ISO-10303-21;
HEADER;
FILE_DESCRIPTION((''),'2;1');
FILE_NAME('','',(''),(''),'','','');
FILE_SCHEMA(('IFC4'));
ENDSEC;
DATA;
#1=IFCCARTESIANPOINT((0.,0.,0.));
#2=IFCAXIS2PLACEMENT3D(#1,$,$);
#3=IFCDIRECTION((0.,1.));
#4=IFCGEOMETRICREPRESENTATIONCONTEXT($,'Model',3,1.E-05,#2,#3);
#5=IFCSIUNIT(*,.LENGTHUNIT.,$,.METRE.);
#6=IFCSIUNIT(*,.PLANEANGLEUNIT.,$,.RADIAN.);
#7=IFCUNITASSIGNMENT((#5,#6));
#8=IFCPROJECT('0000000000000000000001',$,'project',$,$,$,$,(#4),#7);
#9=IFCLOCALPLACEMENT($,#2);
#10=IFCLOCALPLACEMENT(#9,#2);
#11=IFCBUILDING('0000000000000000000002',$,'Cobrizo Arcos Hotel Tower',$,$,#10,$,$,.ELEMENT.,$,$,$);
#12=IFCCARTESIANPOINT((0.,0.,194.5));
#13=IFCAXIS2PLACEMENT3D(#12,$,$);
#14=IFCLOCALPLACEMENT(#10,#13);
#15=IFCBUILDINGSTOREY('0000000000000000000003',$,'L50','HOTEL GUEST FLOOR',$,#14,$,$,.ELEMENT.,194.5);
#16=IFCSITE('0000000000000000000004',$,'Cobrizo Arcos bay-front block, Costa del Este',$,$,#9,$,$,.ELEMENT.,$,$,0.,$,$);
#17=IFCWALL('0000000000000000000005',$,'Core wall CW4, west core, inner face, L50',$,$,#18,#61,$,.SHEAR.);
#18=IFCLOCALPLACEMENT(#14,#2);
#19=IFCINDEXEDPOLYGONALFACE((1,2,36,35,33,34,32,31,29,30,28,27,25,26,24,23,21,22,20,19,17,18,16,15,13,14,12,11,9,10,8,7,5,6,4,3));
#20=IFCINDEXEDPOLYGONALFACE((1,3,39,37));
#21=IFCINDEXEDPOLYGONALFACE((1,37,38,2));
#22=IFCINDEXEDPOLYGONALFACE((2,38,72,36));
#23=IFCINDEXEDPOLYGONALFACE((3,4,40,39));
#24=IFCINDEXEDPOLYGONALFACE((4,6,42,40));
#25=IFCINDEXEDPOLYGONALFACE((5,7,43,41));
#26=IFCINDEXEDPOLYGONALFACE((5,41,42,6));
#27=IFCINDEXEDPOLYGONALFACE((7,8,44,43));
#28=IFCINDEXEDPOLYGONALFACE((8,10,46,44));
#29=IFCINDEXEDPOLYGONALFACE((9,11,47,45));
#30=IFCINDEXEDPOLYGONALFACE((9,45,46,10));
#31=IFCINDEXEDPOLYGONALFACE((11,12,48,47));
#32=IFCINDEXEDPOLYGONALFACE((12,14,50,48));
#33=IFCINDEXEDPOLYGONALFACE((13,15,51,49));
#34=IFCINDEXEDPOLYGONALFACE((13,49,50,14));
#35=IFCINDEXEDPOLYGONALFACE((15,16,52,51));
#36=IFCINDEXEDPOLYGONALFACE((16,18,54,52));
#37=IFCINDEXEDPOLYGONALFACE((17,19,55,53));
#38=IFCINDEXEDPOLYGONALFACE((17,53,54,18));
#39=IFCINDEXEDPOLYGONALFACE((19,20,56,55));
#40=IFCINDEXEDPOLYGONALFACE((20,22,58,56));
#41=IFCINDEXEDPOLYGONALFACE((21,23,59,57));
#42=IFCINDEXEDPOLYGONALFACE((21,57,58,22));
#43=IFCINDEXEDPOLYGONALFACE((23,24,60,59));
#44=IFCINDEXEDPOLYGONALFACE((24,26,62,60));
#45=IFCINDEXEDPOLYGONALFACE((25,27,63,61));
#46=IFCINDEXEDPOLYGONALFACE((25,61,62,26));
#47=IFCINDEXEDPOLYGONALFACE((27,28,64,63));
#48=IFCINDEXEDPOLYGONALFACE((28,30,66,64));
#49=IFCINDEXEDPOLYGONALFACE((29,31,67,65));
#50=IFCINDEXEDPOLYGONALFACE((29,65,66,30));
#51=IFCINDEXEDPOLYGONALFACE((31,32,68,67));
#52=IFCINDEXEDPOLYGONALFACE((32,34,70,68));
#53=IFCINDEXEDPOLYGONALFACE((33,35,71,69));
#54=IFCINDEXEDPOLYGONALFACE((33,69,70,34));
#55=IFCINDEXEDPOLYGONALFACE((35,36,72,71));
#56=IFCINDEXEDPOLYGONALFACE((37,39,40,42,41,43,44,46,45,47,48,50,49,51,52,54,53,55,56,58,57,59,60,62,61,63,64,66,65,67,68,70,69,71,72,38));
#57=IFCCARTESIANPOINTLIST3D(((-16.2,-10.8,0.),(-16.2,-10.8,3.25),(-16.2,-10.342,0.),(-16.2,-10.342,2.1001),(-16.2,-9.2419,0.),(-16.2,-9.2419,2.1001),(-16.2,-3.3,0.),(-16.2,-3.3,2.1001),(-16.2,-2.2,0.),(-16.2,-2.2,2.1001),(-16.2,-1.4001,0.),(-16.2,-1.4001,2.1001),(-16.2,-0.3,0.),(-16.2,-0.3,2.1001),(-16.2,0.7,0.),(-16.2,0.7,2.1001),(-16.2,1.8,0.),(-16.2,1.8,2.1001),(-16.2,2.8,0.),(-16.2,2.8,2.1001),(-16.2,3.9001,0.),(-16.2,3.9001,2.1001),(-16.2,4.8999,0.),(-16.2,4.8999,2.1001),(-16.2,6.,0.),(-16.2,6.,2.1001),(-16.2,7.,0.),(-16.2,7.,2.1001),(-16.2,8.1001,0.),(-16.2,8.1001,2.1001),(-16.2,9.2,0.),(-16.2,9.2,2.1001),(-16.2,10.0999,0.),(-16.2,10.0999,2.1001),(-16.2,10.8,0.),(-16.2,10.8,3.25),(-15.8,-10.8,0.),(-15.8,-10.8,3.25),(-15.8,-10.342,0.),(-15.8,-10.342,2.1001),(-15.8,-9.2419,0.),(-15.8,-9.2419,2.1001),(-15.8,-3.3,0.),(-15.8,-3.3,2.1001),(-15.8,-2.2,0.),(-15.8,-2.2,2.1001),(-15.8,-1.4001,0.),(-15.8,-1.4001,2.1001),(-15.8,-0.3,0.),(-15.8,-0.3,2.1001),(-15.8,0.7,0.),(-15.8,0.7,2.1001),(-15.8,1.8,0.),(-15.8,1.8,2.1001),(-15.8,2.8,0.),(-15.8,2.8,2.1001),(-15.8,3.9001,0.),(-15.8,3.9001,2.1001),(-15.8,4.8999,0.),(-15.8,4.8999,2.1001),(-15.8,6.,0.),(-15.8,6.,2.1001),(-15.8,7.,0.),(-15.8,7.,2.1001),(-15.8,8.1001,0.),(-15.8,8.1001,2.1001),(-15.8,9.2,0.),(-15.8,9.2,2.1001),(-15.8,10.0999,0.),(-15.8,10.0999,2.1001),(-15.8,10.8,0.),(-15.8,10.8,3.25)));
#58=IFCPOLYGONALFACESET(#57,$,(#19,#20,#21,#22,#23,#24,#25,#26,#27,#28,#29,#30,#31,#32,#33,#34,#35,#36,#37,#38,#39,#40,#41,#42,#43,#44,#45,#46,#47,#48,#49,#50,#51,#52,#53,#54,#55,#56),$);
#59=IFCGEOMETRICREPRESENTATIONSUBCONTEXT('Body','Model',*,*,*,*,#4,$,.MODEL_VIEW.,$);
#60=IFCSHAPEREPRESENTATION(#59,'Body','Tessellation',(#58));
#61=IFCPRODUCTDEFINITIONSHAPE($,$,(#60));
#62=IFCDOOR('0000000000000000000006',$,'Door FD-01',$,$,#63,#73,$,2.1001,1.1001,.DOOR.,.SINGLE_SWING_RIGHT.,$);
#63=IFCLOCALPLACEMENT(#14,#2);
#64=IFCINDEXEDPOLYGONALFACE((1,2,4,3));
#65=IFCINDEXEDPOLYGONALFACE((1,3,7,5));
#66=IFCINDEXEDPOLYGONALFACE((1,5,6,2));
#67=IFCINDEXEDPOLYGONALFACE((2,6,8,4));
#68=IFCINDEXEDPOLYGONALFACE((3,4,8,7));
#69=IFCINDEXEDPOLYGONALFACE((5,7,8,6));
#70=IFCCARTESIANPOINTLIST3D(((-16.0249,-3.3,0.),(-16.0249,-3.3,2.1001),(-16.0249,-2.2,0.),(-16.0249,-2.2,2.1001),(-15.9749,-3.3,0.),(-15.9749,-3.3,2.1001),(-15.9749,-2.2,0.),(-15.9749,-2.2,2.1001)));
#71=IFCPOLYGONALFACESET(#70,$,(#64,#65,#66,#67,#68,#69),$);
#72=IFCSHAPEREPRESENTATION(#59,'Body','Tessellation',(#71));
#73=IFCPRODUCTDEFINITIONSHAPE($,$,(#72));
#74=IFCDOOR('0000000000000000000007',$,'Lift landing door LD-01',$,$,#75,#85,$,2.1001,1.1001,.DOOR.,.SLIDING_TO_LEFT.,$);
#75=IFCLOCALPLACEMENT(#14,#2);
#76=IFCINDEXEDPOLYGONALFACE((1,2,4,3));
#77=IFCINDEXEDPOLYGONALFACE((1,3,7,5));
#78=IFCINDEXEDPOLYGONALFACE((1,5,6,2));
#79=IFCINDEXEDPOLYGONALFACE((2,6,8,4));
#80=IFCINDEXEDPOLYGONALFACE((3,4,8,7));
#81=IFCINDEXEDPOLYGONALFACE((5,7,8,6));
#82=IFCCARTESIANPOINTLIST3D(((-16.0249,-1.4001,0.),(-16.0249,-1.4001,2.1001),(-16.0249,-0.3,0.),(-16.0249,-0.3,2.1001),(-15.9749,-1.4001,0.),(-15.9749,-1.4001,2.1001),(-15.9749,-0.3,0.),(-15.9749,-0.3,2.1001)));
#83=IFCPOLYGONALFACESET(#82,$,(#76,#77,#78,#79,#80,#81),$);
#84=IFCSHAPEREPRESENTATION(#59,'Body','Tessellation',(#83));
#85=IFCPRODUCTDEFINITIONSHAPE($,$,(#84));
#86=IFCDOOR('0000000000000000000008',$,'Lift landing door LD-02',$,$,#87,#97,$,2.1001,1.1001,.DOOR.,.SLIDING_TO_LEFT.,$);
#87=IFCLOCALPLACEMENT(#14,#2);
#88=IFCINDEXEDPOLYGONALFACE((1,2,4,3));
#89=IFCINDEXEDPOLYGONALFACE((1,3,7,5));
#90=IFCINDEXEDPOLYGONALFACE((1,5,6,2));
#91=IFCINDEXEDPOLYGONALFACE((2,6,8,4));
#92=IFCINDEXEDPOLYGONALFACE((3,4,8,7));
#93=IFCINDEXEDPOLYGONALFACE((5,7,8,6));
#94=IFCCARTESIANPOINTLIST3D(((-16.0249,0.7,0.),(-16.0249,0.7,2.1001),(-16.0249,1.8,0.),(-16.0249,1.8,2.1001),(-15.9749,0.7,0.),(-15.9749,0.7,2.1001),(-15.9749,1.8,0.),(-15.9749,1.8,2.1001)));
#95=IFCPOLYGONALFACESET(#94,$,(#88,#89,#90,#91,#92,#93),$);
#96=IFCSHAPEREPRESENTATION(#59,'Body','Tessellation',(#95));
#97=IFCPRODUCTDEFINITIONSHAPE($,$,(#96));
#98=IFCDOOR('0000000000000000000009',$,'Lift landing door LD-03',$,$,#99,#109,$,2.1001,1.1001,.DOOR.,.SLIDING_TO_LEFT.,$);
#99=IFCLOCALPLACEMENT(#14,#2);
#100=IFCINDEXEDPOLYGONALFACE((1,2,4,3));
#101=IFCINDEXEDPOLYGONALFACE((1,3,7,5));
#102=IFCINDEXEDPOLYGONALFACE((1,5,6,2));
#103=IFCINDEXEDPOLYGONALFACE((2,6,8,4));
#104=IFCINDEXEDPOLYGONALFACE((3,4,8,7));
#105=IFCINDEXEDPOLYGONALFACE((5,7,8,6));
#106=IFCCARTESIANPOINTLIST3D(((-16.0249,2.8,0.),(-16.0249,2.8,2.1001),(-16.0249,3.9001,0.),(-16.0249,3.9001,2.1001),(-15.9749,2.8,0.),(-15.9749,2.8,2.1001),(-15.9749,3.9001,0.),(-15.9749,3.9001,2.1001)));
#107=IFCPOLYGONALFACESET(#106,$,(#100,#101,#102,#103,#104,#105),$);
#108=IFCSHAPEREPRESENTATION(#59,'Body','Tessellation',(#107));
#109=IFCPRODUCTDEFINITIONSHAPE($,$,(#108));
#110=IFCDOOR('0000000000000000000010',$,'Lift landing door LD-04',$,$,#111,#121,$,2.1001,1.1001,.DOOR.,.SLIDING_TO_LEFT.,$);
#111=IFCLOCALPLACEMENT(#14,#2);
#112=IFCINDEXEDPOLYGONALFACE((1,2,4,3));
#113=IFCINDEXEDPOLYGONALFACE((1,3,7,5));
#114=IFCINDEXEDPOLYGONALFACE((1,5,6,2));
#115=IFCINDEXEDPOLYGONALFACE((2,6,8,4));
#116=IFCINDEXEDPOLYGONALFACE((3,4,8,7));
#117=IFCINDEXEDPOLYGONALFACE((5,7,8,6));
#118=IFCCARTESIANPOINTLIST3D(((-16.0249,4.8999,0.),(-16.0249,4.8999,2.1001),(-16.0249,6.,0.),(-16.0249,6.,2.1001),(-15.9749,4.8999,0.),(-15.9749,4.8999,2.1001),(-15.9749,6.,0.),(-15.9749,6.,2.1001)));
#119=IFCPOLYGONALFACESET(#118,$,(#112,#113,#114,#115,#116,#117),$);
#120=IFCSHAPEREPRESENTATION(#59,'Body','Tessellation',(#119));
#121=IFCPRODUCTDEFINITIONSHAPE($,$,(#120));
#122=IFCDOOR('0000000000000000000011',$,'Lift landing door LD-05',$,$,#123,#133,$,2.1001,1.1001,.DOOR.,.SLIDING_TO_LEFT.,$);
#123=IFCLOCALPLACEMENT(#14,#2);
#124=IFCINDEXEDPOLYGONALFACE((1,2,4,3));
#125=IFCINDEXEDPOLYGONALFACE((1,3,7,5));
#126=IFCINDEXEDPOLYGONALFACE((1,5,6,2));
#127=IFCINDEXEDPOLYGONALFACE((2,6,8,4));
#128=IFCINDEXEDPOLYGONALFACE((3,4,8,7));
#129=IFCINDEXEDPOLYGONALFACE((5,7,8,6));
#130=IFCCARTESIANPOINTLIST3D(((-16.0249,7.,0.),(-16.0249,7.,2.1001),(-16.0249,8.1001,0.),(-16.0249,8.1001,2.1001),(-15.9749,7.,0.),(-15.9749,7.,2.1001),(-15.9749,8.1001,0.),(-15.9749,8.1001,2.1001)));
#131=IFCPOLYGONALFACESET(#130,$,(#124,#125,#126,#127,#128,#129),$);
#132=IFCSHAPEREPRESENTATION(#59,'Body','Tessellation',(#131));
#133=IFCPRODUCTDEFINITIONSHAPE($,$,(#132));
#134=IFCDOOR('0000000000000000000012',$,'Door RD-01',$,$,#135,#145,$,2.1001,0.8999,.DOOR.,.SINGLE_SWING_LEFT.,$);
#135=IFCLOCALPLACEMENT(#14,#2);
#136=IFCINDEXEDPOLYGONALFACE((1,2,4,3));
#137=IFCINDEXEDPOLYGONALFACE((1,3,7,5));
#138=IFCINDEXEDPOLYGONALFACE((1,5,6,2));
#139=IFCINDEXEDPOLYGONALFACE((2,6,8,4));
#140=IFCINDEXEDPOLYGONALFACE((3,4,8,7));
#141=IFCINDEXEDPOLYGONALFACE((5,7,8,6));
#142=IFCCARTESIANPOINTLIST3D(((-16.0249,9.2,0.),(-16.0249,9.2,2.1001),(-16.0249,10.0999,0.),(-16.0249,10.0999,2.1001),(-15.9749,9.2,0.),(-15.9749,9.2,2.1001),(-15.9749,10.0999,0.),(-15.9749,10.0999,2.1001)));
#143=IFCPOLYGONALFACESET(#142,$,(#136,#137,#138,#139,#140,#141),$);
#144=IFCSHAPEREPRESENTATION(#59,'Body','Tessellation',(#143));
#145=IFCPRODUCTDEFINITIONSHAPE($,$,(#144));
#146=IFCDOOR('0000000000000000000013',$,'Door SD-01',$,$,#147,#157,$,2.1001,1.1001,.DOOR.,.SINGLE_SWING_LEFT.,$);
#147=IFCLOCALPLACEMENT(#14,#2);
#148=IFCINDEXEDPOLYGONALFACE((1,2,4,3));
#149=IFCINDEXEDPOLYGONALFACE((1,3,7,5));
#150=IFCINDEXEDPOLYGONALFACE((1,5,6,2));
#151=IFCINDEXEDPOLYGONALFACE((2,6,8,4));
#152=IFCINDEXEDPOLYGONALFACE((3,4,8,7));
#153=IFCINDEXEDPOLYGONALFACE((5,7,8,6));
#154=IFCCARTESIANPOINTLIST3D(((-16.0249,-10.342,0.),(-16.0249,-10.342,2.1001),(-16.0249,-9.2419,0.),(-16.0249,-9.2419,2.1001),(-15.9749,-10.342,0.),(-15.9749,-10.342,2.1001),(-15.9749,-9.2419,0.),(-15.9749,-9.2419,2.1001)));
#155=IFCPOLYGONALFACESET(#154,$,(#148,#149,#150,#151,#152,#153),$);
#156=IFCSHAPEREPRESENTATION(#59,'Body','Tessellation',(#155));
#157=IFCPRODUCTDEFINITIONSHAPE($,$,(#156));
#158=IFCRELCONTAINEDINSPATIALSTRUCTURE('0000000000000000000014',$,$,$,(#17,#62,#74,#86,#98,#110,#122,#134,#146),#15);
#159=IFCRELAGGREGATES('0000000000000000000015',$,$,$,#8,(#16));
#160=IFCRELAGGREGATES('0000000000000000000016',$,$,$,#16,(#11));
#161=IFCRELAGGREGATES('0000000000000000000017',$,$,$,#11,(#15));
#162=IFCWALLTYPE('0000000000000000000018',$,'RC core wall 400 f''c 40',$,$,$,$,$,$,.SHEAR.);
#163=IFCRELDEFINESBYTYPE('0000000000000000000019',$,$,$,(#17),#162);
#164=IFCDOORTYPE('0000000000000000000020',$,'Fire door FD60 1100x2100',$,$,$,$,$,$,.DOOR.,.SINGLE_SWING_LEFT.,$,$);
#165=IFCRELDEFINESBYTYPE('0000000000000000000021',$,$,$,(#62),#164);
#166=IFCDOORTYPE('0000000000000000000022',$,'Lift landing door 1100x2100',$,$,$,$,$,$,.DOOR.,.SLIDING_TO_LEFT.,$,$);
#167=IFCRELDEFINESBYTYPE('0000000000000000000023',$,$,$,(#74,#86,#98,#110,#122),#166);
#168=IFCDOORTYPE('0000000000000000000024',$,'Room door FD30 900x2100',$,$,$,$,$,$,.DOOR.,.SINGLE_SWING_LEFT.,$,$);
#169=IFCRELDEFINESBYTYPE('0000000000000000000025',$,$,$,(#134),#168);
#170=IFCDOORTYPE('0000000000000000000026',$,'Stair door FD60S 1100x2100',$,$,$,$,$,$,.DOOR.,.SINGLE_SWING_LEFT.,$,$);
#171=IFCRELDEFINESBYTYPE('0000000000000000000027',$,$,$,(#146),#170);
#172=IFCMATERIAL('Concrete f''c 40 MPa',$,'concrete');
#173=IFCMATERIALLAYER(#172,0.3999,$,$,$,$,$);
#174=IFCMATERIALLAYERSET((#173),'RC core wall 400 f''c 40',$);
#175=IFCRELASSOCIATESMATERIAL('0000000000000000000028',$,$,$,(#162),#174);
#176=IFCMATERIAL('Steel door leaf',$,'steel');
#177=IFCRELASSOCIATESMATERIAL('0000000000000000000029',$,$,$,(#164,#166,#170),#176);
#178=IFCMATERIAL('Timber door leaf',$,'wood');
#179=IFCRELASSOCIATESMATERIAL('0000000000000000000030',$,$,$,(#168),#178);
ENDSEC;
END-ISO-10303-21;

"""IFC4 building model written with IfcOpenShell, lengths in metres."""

from ifc_helpers import new_model, si_unit, direction, frame, frame_2d, origin, place, context, subcontext, project, spatial, rectangle, extrude, material, layer, layer_set, type_object, element, fill, save


model = new_model("IFC4")

# Units and contexts
model_context = context("Model", 3, precision=1e-05, world=origin(), true_north=direction((0.0, 1.0)))
body_context = subcontext(model_context, "Body", "Model", "MODEL_VIEW")
ifc_project = project(units=[si_unit("LENGTHUNIT", "METRE"), si_unit("PLANEANGLEUNIT", "RADIAN")], contexts=[model_context])

# Site, building, storey
site_placement = place(None, origin())
site = spatial("IfcSite", under=ifc_project, at=site_placement, Name="Cobrizo Arcos bay-front block, Costa del Este", CompositionType="ELEMENT", RefElevation=0.0)
building_placement = place(site_placement, origin())
building = spatial("IfcBuilding", under=site, at=building_placement, Name="Cobrizo Arcos Hotel Tower", CompositionType="ELEMENT")
storey_placement = place(building_placement, frame((0.0, 0.0, 194.5)))
storey = spatial("IfcBuildingStorey", under=building, at=storey_placement, Name="L50", Description="HOTEL GUEST FLOOR", CompositionType="ELEMENT", Elevation=194.5)

# Wall, openings, doors
ifc_material_1 = material(Name="Concrete f'c 40 MPa", Category="concrete")
ifc_layer_1 = layer(ifc_material_1, 0.3999)
ifc_layer_set_1 = layer_set([ifc_layer_1], Name="RC core wall 400 f'c 40")
wall_type_1 = type_object("IfcWallType", Name="RC core wall 400 f'c 40", PredefinedType="SHEAR", material=ifc_layer_set_1)
wall_1_placement = place(storey_placement, frame((-16.0, -10.8, 0.0), z_axis=(0.0, 0.0, 1.0), x_axis=(0.0, 1.0, 0.0)))
wall_1 = element("IfcWall", 1, at=wall_1_placement, inside=storey, type_object=wall_type_1, Name="Core wall CW4, west core, inner face, L50", PredefinedType="SHEAR", context=body_context, shape_type="SweptSolid", body=[
    extrude(rectangle(XDim=21.6001, YDim=0.3999, at=frame_2d((10.8, 0.0))), origin(), (0.0, 0.0, 1.0), 3.25),
])
opening_1_placement = place(wall_1_placement, frame((9.3999, 0.0, 0.0)))
opening_1 = element("IfcOpeningElement", 2, at=opening_1_placement, cuts=wall_1, PredefinedType="OPENING", context=body_context, shape_type="SweptSolid", body=[
    extrude(rectangle(XDim=1.1001, YDim=2.1001, at=frame_2d((0.55, 1.05))), frame((0.0, 0.2119, 0.0), z_axis=(0.0, -1.0, 0.0), x_axis=(1.0, 0.0, 0.0)), (0.0, 0.0, 1.0), 0.4238),
])
opening_2_placement = place(wall_1_placement, frame((11.5, 0.0, 0.0)))
opening_2 = element("IfcOpeningElement", 3, at=opening_2_placement, cuts=wall_1, PredefinedType="OPENING", context=body_context, shape_type="SweptSolid", body=[
    extrude(rectangle(XDim=1.1001, YDim=2.1001, at=frame_2d((0.55, 1.05))), frame((0.0, 0.2119, 0.0), z_axis=(0.0, -1.0, 0.0), x_axis=(1.0, 0.0, 0.0)), (0.0, 0.0, 1.0), 0.4238),
])
opening_3_placement = place(wall_1_placement, frame((13.6001, 0.0, 0.0)))
opening_3 = element("IfcOpeningElement", 4, at=opening_3_placement, cuts=wall_1, PredefinedType="OPENING", context=body_context, shape_type="SweptSolid", body=[
    extrude(rectangle(XDim=1.1001, YDim=2.1001, at=frame_2d((0.55, 1.05))), frame((0.0, 0.2119, 0.0), z_axis=(0.0, -1.0, 0.0), x_axis=(1.0, 0.0, 0.0)), (0.0, 0.0, 1.0), 0.4238),
])
opening_4_placement = place(wall_1_placement, frame((15.7, 0.0, 0.0)))
opening_4 = element("IfcOpeningElement", 5, at=opening_4_placement, cuts=wall_1, PredefinedType="OPENING", context=body_context, shape_type="SweptSolid", body=[
    extrude(rectangle(XDim=1.1001, YDim=2.1001, at=frame_2d((0.55, 1.05))), frame((0.0, 0.2119, 0.0), z_axis=(0.0, -1.0, 0.0), x_axis=(1.0, 0.0, 0.0)), (0.0, 0.0, 1.0), 0.4238),
])
opening_5_placement = place(wall_1_placement, frame((17.8, 0.0, 0.0)))
opening_5 = element("IfcOpeningElement", 6, at=opening_5_placement, cuts=wall_1, PredefinedType="OPENING", context=body_context, shape_type="SweptSolid", body=[
    extrude(rectangle(XDim=1.1001, YDim=2.1001, at=frame_2d((0.55, 1.05))), frame((0.0, 0.2119, 0.0), z_axis=(0.0, -1.0, 0.0), x_axis=(1.0, 0.0, 0.0)), (0.0, 0.0, 1.0), 0.4238),
])
opening_6_placement = place(wall_1_placement, frame((0.458, 0.0, 0.0)))
opening_6 = element("IfcOpeningElement", 7, at=opening_6_placement, cuts=wall_1, PredefinedType="OPENING", context=body_context, shape_type="SweptSolid", body=[
    extrude(rectangle(XDim=1.1001, YDim=2.1001, at=frame_2d((0.55, 1.05))), frame((0.0, 0.2119, 0.0), z_axis=(0.0, -1.0, 0.0), x_axis=(1.0, 0.0, 0.0)), (0.0, 0.0, 1.0), 0.4238),
])
opening_7_placement = place(wall_1_placement, frame((7.5, 0.0, 0.0)))
opening_7 = element("IfcOpeningElement", 8, at=opening_7_placement, cuts=wall_1, PredefinedType="OPENING", context=body_context, shape_type="SweptSolid", body=[
    extrude(rectangle(XDim=1.1001, YDim=2.1001, at=frame_2d((0.55, 1.05))), frame((0.0, 0.2119, 0.0), z_axis=(0.0, -1.0, 0.0), x_axis=(1.0, 0.0, 0.0)), (0.0, 0.0, 1.0), 0.4238),
])
opening_8_placement = place(wall_1_placement, frame((20.0, 0.0, 0.0)))
opening_8 = element("IfcOpeningElement", 9, at=opening_8_placement, cuts=wall_1, PredefinedType="OPENING", context=body_context, shape_type="SweptSolid", body=[
    extrude(rectangle(XDim=0.8999, YDim=2.1001, at=frame_2d((0.45, 1.05))), frame((0.0, 0.2119, 0.0), z_axis=(0.0, -1.0, 0.0), x_axis=(1.0, 0.0, 0.0)), (0.0, 0.0, 1.0), 0.4238),
])
ifc_material_2 = material(Name="Steel door leaf", Category="steel")
door_type_1 = type_object("IfcDoorType", Name="Fire door FD60 1100x2100", OperationType="SINGLE_SWING_LEFT", PredefinedType="DOOR", material=ifc_material_2)
door_1_placement = place(opening_7_placement, origin())
door_1 = element("IfcDoor", 10, at=door_1_placement, inside=storey, type_object=door_type_1, Name="Door FD-01", OperationType="SINGLE_SWING_RIGHT", OverallHeight=2.1001, OverallWidth=1.1001, PredefinedType="DOOR", context=body_context, shape_type="SweptSolid", body=[
    extrude(rectangle(XDim=1.1001, YDim=2.1001, at=frame_2d((0.55, 1.05))), frame((0.0, 0.0249, 0.0), z_axis=(0.0, -1.0, 0.0), x_axis=(1.0, 0.0, 0.0)), (0.0, 0.0, 1.0), 0.05),
])
fill(opening_7, door_1)
door_type_2 = type_object("IfcDoorType", Name="Lift landing door 1100x2100", OperationType="SLIDING_TO_LEFT", PredefinedType="DOOR", material=ifc_material_2)
door_2_placement = place(opening_1_placement, origin())
door_2 = element("IfcDoor", 11, at=door_2_placement, inside=storey, type_object=door_type_2, Name="Lift landing door LD-01", OperationType="SLIDING_TO_LEFT", OverallHeight=2.1001, OverallWidth=1.1001, PredefinedType="DOOR", context=body_context, shape_type="SweptSolid", body=[
    extrude(rectangle(XDim=1.1001, YDim=2.1001, at=frame_2d((0.55, 1.05))), frame((0.0, 0.0249, 0.0), z_axis=(0.0, -1.0, 0.0), x_axis=(1.0, 0.0, 0.0)), (0.0, 0.0, 1.0), 0.05),
])
fill(opening_1, door_2)
door_3_placement = place(opening_2_placement, origin())
door_3 = element("IfcDoor", 12, at=door_3_placement, inside=storey, type_object=door_type_2, Name="Lift landing door LD-02", OperationType="SLIDING_TO_LEFT", OverallHeight=2.1001, OverallWidth=1.1001, PredefinedType="DOOR", context=body_context, shape_type="SweptSolid", body=[
    extrude(rectangle(XDim=1.1001, YDim=2.1001, at=frame_2d((0.55, 1.05))), frame((0.0, 0.0249, 0.0), z_axis=(0.0, -1.0, 0.0), x_axis=(1.0, 0.0, 0.0)), (0.0, 0.0, 1.0), 0.05),
])
fill(opening_2, door_3)
door_4_placement = place(opening_3_placement, origin())
door_4 = element("IfcDoor", 13, at=door_4_placement, inside=storey, type_object=door_type_2, Name="Lift landing door LD-03", OperationType="SLIDING_TO_LEFT", OverallHeight=2.1001, OverallWidth=1.1001, PredefinedType="DOOR", context=body_context, shape_type="SweptSolid", body=[
    extrude(rectangle(XDim=1.1001, YDim=2.1001, at=frame_2d((0.55, 1.05))), frame((0.0, 0.0249, 0.0), z_axis=(0.0, -1.0, 0.0), x_axis=(1.0, 0.0, 0.0)), (0.0, 0.0, 1.0), 0.05),
])
fill(opening_3, door_4)
door_5_placement = place(opening_4_placement, origin())
door_5 = element("IfcDoor", 14, at=door_5_placement, inside=storey, type_object=door_type_2, Name="Lift landing door LD-04", OperationType="SLIDING_TO_LEFT", OverallHeight=2.1001, OverallWidth=1.1001, PredefinedType="DOOR", context=body_context, shape_type="SweptSolid", body=[
    extrude(rectangle(XDim=1.1001, YDim=2.1001, at=frame_2d((0.55, 1.05))), frame((0.0, 0.0249, 0.0), z_axis=(0.0, -1.0, 0.0), x_axis=(1.0, 0.0, 0.0)), (0.0, 0.0, 1.0), 0.05),
])
fill(opening_4, door_5)
door_6_placement = place(opening_5_placement, origin())
door_6 = element("IfcDoor", 15, at=door_6_placement, inside=storey, type_object=door_type_2, Name="Lift landing door LD-05", OperationType="SLIDING_TO_LEFT", OverallHeight=2.1001, OverallWidth=1.1001, PredefinedType="DOOR", context=body_context, shape_type="SweptSolid", body=[
    extrude(rectangle(XDim=1.1001, YDim=2.1001, at=frame_2d((0.55, 1.05))), frame((0.0, 0.0249, 0.0), z_axis=(0.0, -1.0, 0.0), x_axis=(1.0, 0.0, 0.0)), (0.0, 0.0, 1.0), 0.05),
])
fill(opening_5, door_6)
ifc_material_3 = material(Name="Timber door leaf", Category="wood")
door_type_3 = type_object("IfcDoorType", Name="Room door FD30 900x2100", OperationType="SINGLE_SWING_LEFT", PredefinedType="DOOR", material=ifc_material_3)
door_7_placement = place(opening_8_placement, origin())
door_7 = element("IfcDoor", 16, at=door_7_placement, inside=storey, type_object=door_type_3, Name="Door RD-01", OperationType="SINGLE_SWING_LEFT", OverallHeight=2.1001, OverallWidth=0.8999, PredefinedType="DOOR", context=body_context, shape_type="SweptSolid", body=[
    extrude(rectangle(XDim=0.8999, YDim=2.1001, at=frame_2d((0.45, 1.05))), frame((0.0, 0.0249, 0.0), z_axis=(0.0, -1.0, 0.0), x_axis=(1.0, 0.0, 0.0)), (0.0, 0.0, 1.0), 0.05),
])
fill(opening_8, door_7)
door_type_4 = type_object("IfcDoorType", Name="Stair door FD60S 1100x2100", OperationType="SINGLE_SWING_LEFT", PredefinedType="DOOR", material=ifc_material_2)
door_8_placement = place(opening_6_placement, origin())
door_8 = element("IfcDoor", 17, at=door_8_placement, inside=storey, type_object=door_type_4, Name="Door SD-01", OperationType="SINGLE_SWING_LEFT", OverallHeight=2.1001, OverallWidth=1.1001, PredefinedType="DOOR", context=body_context, shape_type="SweptSolid", body=[
    extrude(rectangle(XDim=1.1001, YDim=2.1001, at=frame_2d((0.55, 1.05))), frame((0.0, 0.0249, 0.0), z_axis=(0.0, -1.0, 0.0), x_axis=(1.0, 0.0, 0.0)), (0.0, 0.0, 1.0), 0.05),
])
fill(opening_6, door_8)

save(model, "model.ifc")
